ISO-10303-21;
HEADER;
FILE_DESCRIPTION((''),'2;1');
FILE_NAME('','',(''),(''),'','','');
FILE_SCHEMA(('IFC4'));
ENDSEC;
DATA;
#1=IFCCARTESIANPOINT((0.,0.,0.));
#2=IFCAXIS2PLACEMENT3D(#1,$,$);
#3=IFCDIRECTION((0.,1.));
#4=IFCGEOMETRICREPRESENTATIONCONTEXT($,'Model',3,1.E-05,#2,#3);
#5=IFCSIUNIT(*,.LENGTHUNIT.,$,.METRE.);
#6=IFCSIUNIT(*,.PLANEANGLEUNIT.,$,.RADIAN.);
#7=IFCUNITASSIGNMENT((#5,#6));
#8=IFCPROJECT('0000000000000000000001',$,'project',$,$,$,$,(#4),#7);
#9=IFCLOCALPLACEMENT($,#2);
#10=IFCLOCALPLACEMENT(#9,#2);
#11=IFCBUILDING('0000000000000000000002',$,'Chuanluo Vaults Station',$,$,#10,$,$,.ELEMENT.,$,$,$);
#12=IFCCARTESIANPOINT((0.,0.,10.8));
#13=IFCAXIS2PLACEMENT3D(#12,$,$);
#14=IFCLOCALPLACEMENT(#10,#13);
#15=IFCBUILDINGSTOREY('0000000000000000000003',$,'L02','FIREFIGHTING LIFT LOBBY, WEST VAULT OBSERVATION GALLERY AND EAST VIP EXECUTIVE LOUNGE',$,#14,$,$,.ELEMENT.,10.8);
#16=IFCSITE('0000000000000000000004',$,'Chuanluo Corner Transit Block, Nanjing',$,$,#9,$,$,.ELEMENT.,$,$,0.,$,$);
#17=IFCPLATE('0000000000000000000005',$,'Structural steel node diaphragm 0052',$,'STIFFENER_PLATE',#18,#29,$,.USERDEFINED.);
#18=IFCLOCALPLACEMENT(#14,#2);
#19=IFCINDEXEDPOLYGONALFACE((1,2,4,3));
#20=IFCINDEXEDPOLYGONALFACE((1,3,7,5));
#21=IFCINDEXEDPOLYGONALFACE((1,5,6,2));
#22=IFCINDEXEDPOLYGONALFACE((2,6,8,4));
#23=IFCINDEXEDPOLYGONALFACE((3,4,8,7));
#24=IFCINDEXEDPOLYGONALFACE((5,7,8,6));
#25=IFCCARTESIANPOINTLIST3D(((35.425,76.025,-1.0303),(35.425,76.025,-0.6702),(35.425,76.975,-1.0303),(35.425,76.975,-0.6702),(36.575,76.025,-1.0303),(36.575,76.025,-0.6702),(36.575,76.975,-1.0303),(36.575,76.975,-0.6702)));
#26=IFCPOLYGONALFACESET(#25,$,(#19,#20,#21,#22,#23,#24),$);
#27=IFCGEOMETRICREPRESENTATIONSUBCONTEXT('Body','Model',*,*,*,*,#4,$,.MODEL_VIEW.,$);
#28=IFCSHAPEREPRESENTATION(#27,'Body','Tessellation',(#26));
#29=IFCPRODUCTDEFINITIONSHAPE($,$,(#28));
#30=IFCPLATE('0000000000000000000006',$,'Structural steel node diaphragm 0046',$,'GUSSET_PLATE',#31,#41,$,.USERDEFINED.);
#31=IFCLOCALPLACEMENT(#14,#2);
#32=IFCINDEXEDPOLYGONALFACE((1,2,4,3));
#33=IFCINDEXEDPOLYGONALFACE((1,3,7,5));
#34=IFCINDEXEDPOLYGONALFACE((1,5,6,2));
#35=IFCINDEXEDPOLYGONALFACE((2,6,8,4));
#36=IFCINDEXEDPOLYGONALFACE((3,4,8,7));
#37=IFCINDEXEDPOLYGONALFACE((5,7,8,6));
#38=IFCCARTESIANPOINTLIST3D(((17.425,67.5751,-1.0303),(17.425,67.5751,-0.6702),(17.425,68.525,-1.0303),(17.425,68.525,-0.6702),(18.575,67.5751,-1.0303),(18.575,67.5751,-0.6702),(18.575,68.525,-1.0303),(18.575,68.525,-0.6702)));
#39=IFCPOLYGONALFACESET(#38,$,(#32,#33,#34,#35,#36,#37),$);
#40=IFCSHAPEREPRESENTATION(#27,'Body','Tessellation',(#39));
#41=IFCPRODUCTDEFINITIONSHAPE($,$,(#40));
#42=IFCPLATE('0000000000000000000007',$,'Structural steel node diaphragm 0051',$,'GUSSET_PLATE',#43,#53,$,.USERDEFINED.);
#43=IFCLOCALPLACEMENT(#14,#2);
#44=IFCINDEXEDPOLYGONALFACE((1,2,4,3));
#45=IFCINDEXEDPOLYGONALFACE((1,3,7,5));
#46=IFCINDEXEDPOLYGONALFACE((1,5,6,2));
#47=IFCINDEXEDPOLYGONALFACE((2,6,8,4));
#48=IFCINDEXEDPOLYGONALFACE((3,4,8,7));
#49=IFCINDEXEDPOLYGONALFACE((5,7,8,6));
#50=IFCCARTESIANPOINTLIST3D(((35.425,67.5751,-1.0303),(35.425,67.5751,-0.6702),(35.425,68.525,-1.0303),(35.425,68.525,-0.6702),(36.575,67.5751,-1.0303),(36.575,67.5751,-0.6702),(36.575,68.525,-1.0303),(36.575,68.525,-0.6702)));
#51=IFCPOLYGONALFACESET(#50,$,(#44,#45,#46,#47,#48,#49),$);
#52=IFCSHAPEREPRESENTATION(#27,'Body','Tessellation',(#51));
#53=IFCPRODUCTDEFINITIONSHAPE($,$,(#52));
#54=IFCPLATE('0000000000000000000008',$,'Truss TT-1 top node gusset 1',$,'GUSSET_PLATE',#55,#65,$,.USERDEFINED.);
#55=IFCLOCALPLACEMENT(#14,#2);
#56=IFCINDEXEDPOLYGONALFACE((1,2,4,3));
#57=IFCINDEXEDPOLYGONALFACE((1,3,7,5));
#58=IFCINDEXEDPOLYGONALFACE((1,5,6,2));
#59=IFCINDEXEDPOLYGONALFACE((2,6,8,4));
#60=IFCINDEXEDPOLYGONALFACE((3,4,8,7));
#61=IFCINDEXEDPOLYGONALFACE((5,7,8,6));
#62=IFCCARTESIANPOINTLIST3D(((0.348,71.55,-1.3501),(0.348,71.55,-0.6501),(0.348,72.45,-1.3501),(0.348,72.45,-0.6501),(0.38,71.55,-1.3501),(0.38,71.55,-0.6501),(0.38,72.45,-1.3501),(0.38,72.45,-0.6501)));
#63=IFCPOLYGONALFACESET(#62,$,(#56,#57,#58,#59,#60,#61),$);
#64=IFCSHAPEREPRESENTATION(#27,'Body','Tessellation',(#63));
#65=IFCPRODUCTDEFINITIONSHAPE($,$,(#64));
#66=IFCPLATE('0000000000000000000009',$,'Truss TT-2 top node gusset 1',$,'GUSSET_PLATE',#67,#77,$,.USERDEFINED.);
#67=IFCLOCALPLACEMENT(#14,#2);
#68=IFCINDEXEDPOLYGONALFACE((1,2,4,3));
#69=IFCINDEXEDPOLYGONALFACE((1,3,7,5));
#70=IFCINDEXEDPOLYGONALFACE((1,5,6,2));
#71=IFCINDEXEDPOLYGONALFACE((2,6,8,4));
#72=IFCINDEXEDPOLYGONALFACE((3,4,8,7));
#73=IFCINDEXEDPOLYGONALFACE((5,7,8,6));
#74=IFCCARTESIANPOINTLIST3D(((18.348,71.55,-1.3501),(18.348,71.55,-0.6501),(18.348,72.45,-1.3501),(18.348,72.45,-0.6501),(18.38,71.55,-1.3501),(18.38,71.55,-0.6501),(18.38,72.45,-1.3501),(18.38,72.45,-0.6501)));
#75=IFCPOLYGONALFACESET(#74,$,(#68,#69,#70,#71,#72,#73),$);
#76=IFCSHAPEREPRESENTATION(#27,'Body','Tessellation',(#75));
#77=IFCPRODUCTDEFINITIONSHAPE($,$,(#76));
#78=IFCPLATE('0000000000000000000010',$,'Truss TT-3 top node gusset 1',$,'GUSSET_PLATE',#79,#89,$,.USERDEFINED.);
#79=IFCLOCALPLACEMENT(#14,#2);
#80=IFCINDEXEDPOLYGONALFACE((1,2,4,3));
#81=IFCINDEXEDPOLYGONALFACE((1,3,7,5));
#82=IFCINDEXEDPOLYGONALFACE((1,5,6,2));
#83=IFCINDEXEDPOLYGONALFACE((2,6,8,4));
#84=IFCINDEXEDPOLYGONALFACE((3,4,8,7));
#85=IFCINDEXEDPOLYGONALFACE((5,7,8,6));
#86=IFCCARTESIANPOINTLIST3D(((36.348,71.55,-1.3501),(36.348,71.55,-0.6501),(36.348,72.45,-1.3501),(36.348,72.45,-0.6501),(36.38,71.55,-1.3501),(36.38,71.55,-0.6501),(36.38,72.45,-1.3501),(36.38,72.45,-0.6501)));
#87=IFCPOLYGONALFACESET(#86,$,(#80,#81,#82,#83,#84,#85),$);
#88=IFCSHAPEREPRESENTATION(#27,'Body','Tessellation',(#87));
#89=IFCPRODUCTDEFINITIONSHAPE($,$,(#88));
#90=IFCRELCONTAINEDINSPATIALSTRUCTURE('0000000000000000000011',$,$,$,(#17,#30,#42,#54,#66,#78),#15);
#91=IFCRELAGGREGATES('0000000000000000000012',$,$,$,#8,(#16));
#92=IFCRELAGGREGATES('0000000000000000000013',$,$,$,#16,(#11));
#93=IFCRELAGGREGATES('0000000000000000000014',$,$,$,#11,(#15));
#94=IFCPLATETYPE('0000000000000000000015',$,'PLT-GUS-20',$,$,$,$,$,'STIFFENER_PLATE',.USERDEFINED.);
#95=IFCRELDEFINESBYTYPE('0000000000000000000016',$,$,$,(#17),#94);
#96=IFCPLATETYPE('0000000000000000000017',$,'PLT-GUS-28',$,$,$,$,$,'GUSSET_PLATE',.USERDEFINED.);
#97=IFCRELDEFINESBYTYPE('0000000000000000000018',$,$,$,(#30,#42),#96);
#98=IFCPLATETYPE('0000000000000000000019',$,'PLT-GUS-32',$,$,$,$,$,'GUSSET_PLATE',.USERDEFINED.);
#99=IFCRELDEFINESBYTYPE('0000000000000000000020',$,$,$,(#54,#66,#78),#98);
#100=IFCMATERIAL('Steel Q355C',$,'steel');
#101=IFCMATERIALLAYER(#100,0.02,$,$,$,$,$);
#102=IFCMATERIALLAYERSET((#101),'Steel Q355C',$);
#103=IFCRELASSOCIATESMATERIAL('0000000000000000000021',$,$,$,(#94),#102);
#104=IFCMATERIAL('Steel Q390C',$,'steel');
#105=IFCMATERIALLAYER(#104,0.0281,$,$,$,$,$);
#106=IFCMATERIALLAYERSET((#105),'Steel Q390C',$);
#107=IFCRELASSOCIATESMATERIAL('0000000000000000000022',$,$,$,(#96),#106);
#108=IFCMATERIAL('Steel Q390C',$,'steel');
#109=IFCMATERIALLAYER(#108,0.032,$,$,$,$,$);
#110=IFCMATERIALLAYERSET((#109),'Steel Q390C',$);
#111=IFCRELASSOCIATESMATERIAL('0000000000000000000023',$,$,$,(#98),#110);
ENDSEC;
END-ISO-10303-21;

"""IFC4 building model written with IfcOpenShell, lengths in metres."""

from ifc_helpers import new_model, si_unit, direction, frame, origin, origin_2d, place, context, subcontext, project, spatial, rectangle, extrude, material, layer, layer_set, type_object, element, save


model = new_model("IFC4")

# Units and contexts
model_context = context("Model", 3, precision=1e-05, world=origin(), true_north=direction((0.0, 1.0)))
body_context = subcontext(model_context, "Body", "Model", "MODEL_VIEW")
ifc_project = project(units=[si_unit("LENGTHUNIT", "METRE"), si_unit("PLANEANGLEUNIT", "RADIAN")], contexts=[model_context])

# Site, building, storey
site_placement = place(None, origin())
site = spatial("IfcSite", under=ifc_project, at=site_placement, Name="Chuanluo Corner Transit Block, Nanjing", CompositionType="ELEMENT", RefElevation=0.0)
building_placement = place(site_placement, origin())
building = spatial("IfcBuilding", under=site, at=building_placement, Name="Chuanluo Vaults Station", CompositionType="ELEMENT")
storey_placement = place(building_placement, frame((0.0, 0.0, 10.8)))
storey = spatial("IfcBuildingStorey", under=building, at=storey_placement, Name="L02", Description="FIREFIGHTING LIFT LOBBY, WEST VAULT OBSERVATION GALLERY AND EAST VIP EXECUTIVE LOUNGE", CompositionType="ELEMENT", Elevation=10.8)

# Plates
ifc_material_1 = material(Name="Steel Q355C", Category="steel")
ifc_layer_1 = layer(ifc_material_1, 0.02)
ifc_layer_set_1 = layer_set([ifc_layer_1], Name="Steel Q355C")
plate_type_1 = type_object("IfcPlateType", Name="PLT-GUS-20", ElementType="STIFFENER_PLATE", PredefinedType="USERDEFINED", material=ifc_layer_set_1)
for number, where, z_axis, x_axis, name in (
    (1, (36.0, 76.5, -1.0303), (0.0, 0.0, 1.0), (1.0, 0.0, 0.0), "Structural steel node diaphragm 0052"),
):
    element("IfcPlate", number, at=place(storey_placement, frame(where, z_axis=z_axis, x_axis=x_axis)), inside=storey, type_object=plate_type_1, Name=name, ObjectType="STIFFENER_PLATE", PredefinedType="USERDEFINED", context=body_context, shape_type="SweptSolid", body=[
        extrude(rectangle(XDim=1.1499, YDim=0.95, at=origin_2d()), origin(), (0.0, 0.0, 1.0), 0.3601),
    ])
ifc_material_2 = material(Name="Steel Q390C", Category="steel")
ifc_layer_2 = layer(ifc_material_2, 0.0281)
ifc_layer_set_2 = layer_set([ifc_layer_2], Name="Steel Q390C")
plate_type_2 = type_object("IfcPlateType", Name="PLT-GUS-28", ElementType="GUSSET_PLATE", PredefinedType="USERDEFINED", material=ifc_layer_set_2)
for number, where, z_axis, x_axis, name in (
    (2, (18.0, 68.05, -1.0303), (0.0, 0.0, 1.0), (1.0, 0.0, 0.0), "Structural steel node diaphragm 0046"),
    (3, (36.0, 68.05, -1.0303), (0.0, 0.0, 1.0), (1.0, 0.0, 0.0), "Structural steel node diaphragm 0051"),
):
    element("IfcPlate", number, at=place(storey_placement, frame(where, z_axis=z_axis, x_axis=x_axis)), inside=storey, type_object=plate_type_2, Name=name, ObjectType="GUSSET_PLATE", PredefinedType="USERDEFINED", context=body_context, shape_type="SweptSolid", body=[
        extrude(rectangle(XDim=1.1499, YDim=0.95, at=origin_2d()), origin(), (0.0, 0.0, 1.0), 0.3601),
    ])
ifc_material_3 = material(Name="Steel Q390C", Category="steel")
ifc_layer_3 = layer(ifc_material_3, 0.032)
ifc_layer_set_3 = layer_set([ifc_layer_3], Name="Steel Q390C")
plate_type_3 = type_object("IfcPlateType", Name="PLT-GUS-32", ElementType="GUSSET_PLATE", PredefinedType="USERDEFINED", material=ifc_layer_set_3)
for number, where, z_axis, x_axis, name in (
    (4, (0.364, 72.0, -1.3501), (0.0, 0.0, 1.0), (1.0, 0.0, 0.0), "Truss TT-1 top node gusset 1"),
    (5, (18.364, 72.0, -1.3501), (0.0, 0.0, 1.0), (1.0, 0.0, 0.0), "Truss TT-2 top node gusset 1"),
    (6, (36.364, 72.0, -1.3501), (0.0, 0.0, 1.0), (1.0, 0.0, 0.0), "Truss TT-3 top node gusset 1"),
):
    element("IfcPlate", number, at=place(storey_placement, frame(where, z_axis=z_axis, x_axis=x_axis)), inside=storey, type_object=plate_type_3, Name=name, ObjectType="GUSSET_PLATE", PredefinedType="USERDEFINED", context=body_context, shape_type="SweptSolid", body=[
        extrude(rectangle(XDim=0.032, YDim=0.8999, at=origin_2d()), origin(), (0.0, 0.0, 1.0), 0.7),
    ])

save(model, "model.ifc")
